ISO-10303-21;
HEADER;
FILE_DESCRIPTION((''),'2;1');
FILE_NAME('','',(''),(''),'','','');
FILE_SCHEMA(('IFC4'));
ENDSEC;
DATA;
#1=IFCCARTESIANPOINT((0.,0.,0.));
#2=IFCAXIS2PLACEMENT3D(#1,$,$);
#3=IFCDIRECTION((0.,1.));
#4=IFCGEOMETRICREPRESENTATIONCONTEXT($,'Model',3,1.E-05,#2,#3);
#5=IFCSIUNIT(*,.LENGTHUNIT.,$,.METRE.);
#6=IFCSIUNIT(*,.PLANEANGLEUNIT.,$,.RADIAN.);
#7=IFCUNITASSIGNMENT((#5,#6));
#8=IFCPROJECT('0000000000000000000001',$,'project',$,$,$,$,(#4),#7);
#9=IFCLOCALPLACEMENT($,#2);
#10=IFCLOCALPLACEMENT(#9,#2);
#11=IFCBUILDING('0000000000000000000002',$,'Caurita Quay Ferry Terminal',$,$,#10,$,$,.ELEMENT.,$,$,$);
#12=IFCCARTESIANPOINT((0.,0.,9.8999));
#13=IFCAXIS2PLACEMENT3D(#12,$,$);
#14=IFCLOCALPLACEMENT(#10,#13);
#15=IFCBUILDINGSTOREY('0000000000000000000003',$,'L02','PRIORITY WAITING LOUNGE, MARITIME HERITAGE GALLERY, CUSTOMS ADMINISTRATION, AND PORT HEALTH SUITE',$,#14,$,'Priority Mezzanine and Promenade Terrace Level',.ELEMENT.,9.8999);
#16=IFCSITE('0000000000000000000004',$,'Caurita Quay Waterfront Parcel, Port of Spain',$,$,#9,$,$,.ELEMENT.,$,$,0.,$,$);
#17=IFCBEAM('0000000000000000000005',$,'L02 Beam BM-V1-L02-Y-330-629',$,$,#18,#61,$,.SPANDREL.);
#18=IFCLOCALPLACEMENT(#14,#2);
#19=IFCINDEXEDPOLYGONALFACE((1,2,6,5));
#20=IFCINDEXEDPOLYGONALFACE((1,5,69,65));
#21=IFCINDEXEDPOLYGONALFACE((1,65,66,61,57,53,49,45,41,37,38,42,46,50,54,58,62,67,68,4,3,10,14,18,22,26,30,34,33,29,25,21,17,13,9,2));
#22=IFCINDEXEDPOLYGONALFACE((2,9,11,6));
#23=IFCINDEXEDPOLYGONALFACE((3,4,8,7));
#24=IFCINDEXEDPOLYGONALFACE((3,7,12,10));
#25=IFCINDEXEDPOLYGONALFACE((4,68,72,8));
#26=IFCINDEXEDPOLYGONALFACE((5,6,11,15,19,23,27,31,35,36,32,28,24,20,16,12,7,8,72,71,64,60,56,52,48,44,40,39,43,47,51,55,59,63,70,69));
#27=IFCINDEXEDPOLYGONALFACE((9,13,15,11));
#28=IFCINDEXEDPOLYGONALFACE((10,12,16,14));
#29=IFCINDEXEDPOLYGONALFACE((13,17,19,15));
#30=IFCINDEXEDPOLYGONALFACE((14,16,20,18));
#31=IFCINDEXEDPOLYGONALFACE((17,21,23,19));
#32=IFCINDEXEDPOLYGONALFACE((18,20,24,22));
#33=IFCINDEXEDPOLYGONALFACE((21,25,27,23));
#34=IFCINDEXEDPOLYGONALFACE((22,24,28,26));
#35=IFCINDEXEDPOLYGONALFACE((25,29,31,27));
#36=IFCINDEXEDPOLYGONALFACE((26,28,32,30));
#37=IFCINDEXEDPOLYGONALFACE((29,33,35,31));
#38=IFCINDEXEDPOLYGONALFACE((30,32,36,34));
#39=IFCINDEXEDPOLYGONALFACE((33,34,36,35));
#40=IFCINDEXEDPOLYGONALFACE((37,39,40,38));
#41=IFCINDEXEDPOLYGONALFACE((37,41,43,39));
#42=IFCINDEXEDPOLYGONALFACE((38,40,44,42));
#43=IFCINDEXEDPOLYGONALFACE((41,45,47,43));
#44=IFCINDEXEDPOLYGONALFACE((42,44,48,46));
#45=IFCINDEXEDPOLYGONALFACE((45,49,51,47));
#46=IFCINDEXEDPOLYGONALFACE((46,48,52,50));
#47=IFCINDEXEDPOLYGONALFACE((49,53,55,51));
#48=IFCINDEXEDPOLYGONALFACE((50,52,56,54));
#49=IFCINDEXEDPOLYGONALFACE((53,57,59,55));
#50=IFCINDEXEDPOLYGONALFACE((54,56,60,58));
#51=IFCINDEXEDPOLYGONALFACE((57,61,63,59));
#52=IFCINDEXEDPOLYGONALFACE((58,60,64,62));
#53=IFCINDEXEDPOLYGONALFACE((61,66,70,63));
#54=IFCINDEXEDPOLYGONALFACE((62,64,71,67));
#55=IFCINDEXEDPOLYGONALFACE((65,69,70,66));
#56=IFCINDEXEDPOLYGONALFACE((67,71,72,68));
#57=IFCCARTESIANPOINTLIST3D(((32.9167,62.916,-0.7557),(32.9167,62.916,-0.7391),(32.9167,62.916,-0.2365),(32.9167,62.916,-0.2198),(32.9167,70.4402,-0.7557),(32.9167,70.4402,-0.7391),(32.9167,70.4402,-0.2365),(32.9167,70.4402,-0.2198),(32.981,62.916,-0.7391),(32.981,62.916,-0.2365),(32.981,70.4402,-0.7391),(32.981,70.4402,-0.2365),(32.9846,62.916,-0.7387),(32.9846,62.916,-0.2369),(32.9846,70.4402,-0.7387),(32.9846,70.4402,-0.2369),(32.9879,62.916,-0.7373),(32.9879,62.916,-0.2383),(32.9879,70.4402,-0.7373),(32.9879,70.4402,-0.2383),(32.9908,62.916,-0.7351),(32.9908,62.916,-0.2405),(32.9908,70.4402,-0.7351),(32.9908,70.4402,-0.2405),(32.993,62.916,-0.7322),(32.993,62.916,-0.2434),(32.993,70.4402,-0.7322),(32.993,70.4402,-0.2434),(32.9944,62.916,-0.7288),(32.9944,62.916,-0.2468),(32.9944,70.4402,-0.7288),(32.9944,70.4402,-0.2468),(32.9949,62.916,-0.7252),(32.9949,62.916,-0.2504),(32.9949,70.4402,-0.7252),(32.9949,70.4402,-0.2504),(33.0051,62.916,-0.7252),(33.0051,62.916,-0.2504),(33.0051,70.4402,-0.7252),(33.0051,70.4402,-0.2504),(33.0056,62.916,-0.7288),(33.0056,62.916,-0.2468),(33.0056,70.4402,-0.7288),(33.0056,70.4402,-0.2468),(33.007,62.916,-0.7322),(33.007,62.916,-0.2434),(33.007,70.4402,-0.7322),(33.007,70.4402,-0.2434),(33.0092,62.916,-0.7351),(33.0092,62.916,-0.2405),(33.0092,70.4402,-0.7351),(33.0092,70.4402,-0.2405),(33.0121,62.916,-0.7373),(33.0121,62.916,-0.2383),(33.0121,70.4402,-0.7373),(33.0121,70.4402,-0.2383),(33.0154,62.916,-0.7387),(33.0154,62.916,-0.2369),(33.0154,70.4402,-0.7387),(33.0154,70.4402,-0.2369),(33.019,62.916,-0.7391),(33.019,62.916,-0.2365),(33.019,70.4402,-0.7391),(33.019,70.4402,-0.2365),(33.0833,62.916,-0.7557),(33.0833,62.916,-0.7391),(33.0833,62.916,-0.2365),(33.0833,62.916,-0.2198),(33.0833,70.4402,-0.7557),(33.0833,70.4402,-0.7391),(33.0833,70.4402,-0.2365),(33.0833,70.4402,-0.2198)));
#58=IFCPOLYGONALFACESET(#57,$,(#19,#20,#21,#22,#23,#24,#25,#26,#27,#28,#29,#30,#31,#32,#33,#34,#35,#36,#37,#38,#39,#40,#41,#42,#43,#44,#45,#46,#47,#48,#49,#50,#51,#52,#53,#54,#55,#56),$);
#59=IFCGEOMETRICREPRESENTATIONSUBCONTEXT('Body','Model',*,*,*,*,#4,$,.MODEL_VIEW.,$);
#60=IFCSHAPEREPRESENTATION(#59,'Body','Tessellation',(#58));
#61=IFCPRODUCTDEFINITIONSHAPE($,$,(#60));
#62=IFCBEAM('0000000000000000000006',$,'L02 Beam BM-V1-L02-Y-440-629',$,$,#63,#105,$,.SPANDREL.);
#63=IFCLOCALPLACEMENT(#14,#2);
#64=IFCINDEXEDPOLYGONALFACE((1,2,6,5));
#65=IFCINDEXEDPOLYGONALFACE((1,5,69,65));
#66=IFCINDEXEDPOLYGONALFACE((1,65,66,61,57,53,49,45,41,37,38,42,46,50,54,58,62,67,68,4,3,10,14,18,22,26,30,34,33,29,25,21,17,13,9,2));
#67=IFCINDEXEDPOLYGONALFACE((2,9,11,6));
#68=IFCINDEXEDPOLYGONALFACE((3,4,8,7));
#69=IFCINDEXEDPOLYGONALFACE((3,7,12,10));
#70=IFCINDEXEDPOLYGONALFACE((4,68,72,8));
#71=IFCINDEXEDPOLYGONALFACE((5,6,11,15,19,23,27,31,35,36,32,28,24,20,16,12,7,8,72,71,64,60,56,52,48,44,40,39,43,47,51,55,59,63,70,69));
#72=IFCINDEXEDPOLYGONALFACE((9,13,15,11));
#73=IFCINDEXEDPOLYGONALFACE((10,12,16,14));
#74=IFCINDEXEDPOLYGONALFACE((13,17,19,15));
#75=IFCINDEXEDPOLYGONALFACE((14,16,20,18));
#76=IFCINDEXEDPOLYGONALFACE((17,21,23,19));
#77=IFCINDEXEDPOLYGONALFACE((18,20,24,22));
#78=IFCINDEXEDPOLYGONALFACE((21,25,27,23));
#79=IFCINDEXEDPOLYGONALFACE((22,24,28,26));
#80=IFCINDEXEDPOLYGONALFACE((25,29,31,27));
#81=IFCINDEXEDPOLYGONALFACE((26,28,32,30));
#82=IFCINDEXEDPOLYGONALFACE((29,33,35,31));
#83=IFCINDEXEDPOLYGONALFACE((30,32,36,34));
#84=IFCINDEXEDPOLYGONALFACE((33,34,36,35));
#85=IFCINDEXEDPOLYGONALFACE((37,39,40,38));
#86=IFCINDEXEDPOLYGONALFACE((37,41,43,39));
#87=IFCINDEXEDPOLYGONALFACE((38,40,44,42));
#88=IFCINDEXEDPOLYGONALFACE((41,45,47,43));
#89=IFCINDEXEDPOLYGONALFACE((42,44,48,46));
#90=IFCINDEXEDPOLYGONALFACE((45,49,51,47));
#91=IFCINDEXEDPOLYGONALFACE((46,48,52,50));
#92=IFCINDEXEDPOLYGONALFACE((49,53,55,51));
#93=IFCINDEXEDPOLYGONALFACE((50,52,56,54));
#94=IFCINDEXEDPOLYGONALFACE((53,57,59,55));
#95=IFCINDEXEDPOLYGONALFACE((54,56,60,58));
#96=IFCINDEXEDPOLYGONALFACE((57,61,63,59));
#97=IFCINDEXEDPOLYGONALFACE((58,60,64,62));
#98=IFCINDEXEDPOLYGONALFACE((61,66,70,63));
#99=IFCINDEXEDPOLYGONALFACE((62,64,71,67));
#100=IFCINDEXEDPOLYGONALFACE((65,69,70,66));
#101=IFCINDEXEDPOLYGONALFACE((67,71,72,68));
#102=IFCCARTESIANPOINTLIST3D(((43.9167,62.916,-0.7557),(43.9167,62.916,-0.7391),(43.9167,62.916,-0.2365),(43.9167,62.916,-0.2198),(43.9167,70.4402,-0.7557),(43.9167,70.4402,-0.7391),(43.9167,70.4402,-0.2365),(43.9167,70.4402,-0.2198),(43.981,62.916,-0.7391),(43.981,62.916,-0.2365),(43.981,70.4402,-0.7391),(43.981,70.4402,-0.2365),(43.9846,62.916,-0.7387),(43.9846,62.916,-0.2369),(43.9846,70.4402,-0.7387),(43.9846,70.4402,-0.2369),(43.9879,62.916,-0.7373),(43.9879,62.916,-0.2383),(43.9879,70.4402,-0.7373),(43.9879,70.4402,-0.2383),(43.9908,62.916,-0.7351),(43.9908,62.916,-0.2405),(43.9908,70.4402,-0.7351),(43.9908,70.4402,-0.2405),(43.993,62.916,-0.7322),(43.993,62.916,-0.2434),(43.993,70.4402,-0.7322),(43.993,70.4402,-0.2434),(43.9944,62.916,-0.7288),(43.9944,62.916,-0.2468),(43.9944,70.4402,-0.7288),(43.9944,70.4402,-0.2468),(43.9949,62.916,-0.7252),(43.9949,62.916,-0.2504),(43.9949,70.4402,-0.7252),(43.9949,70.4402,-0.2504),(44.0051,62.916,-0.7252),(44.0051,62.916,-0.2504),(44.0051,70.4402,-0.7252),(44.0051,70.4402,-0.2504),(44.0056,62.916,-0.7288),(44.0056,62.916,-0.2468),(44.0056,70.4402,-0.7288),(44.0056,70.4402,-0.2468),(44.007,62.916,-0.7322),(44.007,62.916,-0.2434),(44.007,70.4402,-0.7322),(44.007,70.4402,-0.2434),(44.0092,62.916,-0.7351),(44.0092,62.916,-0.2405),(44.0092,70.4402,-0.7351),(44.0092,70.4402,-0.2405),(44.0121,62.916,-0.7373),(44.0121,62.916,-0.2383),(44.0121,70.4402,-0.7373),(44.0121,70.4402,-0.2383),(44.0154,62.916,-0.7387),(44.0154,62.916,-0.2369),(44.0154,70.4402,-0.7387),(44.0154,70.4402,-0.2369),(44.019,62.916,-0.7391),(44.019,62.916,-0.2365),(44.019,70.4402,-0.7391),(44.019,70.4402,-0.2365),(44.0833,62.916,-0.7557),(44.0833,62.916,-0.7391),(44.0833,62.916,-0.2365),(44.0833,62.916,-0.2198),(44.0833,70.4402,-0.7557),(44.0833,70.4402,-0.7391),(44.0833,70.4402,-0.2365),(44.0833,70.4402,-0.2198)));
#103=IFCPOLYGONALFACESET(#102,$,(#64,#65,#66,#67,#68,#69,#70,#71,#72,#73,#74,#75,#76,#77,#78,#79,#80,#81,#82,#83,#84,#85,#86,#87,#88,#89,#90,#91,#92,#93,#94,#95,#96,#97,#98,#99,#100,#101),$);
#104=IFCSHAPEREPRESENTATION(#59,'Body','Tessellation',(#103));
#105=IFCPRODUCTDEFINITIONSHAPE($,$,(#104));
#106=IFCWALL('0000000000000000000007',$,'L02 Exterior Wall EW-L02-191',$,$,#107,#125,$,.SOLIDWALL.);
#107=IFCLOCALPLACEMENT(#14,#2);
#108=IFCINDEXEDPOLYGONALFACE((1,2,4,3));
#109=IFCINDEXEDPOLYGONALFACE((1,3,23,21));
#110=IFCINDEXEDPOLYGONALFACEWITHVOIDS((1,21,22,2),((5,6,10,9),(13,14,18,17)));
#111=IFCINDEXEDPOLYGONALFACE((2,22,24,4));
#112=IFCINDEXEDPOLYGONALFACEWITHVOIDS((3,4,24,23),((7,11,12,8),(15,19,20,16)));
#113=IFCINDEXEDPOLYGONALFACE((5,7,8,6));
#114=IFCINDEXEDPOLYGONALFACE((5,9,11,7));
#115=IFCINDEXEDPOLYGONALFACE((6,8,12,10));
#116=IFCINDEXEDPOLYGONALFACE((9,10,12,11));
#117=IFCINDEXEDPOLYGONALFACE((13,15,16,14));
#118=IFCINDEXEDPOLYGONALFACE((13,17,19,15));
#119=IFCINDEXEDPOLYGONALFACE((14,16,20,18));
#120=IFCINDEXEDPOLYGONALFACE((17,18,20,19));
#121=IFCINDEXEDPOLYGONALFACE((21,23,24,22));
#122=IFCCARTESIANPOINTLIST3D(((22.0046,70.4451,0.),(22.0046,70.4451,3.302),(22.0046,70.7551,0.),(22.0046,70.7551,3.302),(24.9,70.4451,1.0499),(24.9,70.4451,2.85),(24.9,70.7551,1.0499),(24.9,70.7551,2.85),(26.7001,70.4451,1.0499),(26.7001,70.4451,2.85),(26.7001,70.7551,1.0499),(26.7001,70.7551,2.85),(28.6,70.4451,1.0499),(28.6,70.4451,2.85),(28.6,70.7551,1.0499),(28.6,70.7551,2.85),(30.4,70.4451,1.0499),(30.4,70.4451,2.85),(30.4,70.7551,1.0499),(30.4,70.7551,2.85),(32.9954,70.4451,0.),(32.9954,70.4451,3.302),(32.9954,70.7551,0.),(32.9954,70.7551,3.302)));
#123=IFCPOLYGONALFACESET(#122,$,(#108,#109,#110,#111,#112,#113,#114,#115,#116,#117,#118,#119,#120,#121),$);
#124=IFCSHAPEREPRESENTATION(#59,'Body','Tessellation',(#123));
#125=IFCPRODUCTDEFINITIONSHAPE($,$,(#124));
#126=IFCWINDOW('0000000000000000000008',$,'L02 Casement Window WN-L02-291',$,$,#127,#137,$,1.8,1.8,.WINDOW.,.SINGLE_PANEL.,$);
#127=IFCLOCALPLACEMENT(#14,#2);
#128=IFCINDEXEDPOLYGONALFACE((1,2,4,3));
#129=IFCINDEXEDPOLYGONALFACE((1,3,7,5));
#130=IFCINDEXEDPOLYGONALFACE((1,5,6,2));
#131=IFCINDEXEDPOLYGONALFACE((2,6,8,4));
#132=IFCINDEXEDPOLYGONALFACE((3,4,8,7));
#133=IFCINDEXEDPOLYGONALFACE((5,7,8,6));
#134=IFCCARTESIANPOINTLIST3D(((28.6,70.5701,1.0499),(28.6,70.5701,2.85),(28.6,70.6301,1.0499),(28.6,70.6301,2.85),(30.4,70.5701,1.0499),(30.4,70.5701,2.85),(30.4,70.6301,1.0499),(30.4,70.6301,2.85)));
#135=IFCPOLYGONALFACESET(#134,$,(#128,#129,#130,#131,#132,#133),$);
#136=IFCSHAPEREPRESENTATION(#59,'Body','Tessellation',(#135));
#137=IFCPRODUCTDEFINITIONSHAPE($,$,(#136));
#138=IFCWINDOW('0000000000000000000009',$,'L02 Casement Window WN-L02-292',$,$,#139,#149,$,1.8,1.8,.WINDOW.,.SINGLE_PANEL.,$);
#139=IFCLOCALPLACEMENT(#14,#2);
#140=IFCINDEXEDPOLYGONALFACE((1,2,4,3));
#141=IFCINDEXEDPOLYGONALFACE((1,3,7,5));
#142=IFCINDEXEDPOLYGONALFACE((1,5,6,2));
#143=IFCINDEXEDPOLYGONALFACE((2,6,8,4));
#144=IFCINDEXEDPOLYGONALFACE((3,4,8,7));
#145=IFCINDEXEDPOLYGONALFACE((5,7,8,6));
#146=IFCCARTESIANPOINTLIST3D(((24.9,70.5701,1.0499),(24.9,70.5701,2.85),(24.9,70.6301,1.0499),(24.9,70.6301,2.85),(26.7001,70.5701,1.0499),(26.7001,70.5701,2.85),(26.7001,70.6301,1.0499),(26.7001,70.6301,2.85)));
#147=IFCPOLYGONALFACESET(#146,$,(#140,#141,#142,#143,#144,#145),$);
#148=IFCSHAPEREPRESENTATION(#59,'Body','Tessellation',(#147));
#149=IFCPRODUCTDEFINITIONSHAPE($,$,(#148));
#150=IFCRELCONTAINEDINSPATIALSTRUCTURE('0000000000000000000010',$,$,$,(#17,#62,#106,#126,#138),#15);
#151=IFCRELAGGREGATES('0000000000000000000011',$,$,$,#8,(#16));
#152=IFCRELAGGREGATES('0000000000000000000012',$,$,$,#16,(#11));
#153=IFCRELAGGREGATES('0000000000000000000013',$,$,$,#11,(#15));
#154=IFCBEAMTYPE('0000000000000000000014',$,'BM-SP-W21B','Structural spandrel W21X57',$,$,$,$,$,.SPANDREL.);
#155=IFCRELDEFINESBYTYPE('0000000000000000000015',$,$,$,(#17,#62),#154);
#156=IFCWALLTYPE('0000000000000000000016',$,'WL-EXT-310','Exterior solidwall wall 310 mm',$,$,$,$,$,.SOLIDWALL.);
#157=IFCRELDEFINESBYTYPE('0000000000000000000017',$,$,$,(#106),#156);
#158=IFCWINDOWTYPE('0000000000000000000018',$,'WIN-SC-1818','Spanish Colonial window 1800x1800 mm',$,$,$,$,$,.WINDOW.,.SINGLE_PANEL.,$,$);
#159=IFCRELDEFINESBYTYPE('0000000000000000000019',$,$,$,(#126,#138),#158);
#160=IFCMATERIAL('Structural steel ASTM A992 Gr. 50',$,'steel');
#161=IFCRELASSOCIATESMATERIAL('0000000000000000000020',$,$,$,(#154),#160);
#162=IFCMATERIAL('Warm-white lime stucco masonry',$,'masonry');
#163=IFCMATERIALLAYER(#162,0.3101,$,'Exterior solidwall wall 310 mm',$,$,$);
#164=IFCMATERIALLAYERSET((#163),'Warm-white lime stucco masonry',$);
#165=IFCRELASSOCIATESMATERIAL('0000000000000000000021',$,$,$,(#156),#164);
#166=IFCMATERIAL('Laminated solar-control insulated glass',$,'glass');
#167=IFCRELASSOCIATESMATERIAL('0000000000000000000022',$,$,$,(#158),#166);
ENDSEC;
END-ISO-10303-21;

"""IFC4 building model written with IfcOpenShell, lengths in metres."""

from ifc_helpers import new_model, si_unit, direction, frame, frame_2d, origin, origin_2d, place, context, subcontext, project, spatial, rectangle, i_section, extrude, material, layer, layer_set, material_profile, profile_set, type_object, element, fill, save


model = new_model("IFC4")

# Units and contexts
model_context = context("Model", 3, precision=1e-05, world=origin(), true_north=direction((0.0, 1.0)))
body_context = subcontext(model_context, "Body", "Model", "MODEL_VIEW")
ifc_project = project(units=[si_unit("LENGTHUNIT", "METRE"), si_unit("PLANEANGLEUNIT", "RADIAN")], contexts=[model_context])

# Site, building, storey
site_placement = place(None, origin())
site = spatial("IfcSite", under=ifc_project, at=site_placement, Name="Caurita Quay Waterfront Parcel, Port of Spain", CompositionType="ELEMENT", RefElevation=0.0)
building_placement = place(site_placement, origin())
building = spatial("IfcBuilding", under=site, at=building_placement, Name="Caurita Quay Ferry Terminal", CompositionType="ELEMENT")
storey_placement = place(building_placement, frame((0.0, 0.0, 9.8999)))
storey = spatial("IfcBuildingStorey", under=building, at=storey_placement, Name="L02", Description="PRIORITY WAITING LOUNGE, MARITIME HERITAGE GALLERY, CUSTOMS ADMINISTRATION, AND PORT HEALTH SUITE", LongName="Priority Mezzanine and Promenade Terrace Level", CompositionType="ELEMENT", Elevation=9.8999)

# Shared definitions
ifc_material_1 = material(Name="Structural steel ASTM A992 Gr. 50", Category="steel")

# Beams
ifc_material_profile_1 = material_profile(ifc_material_1, i_section(OverallWidth=0.1665, OverallDepth=0.5359, WebThickness=0.0103, FlangeThickness=0.0166, FilletRadius=0.0139, at=origin_2d()), Name="W21X57")
ifc_profile_set_1 = profile_set([ifc_material_profile_1], Name="Structural steel ASTM A992 Gr. 50")
beam_type_1 = type_object("IfcBeamType", Name="BM-SP-W21B", Description="Structural spandrel W21X57", PredefinedType="SPANDREL", material=ifc_profile_set_1)
for number, where, z_axis, x_axis, name in (
    (1, (33.0, 62.916, -0.4878), (0.0, 1.0, 0.0), (-1.0, 0.0, 0.0), "L02 Beam BM-V1-L02-Y-330-629"),
    (2, (44.0, 62.916, -0.4878), (0.0, 1.0, 0.0), (-1.0, 0.0, 0.0), "L02 Beam BM-V1-L02-Y-440-629"),
):
    element("IfcBeam", number, at=place(storey_placement, frame(where, z_axis=z_axis, x_axis=x_axis)), inside=storey, type_object=beam_type_1, Name=name, PredefinedType="SPANDREL", context=body_context, shape_type="SweptSolid", body=[
        extrude(i_section(OverallWidth=0.1665, OverallDepth=0.5359, WebThickness=0.0103, FlangeThickness=0.0166, FilletRadius=0.0139, at=origin_2d()), origin(), (0.0, 0.0, 1.0), 7.5242),
    ])

# Wall, openings, windows
ifc_material_2 = material(Name="Warm-white lime stucco masonry", Category="masonry")
ifc_layer_1 = layer(ifc_material_2, 0.3101, Name="Exterior solidwall wall 310 mm")
ifc_layer_set_1 = layer_set([ifc_layer_1], Name="Warm-white lime stucco masonry")
wall_type = type_object("IfcWallType", Name="WL-EXT-310", Description="Exterior solidwall wall 310 mm", PredefinedType="SOLIDWALL", material=ifc_layer_set_1)
wall_1_placement = place(storey_placement, frame((32.9954, 70.6001, 0.0), z_axis=(0.0, 0.0, 1.0), x_axis=(-1.0, 0.0, 0.0)))
wall_1 = element("IfcWall", 3, at=wall_1_placement, inside=storey, type_object=wall_type, Name="L02 Exterior Wall EW-L02-191", PredefinedType="SOLIDWALL", context=body_context, shape_type="SweptSolid", body=[
    extrude(rectangle(XDim=10.9907, YDim=0.3101, at=frame_2d((5.4954, 0.0))), origin(), (0.0, 0.0, 1.0), 3.302),
])
opening_1_placement = place(wall_1_placement, frame((2.5955, 0.0, 1.05)))
opening_1 = element("IfcOpeningElement", 4, at=opening_1_placement, cuts=wall_1, PredefinedType="OPENING", context=body_context, shape_type="SweptSolid", body=[
    extrude(rectangle(XDim=1.8, YDim=1.8, at=frame_2d((0.8999, 0.8999))), frame((0.0, 0.165, 0.0), z_axis=(0.0, -1.0, 0.0), x_axis=(1.0, 0.0, 0.0)), (0.0, 0.0, 1.0), 0.3301),
])
opening_2_placement = place(wall_1_placement, frame((6.2954, 0.0, 1.05)))
opening_2 = element("IfcOpeningElement", 5, at=opening_2_placement, cuts=wall_1, PredefinedType="OPENING", context=body_context, shape_type="SweptSolid", body=[
    extrude(rectangle(XDim=1.8, YDim=1.8, at=frame_2d((0.8999, 0.8999))), frame((0.0, 0.165, 0.0), z_axis=(0.0, -1.0, 0.0), x_axis=(1.0, 0.0, 0.0)), (0.0, 0.0, 1.0), 0.3301),
])
ifc_material_3 = material(Name="Laminated solar-control insulated glass", Category="glass")
window_type = type_object("IfcWindowType", Name="WIN-SC-1818", Description="Spanish Colonial window 1800x1800 mm", PartitioningType="SINGLE_PANEL", PredefinedType="WINDOW", material=ifc_material_3)
window_1_placement = place(opening_1_placement, origin())
window_1 = element("IfcWindow", 6, at=window_1_placement, inside=storey, type_object=window_type, Name="L02 Casement Window WN-L02-291", OverallHeight=1.8, OverallWidth=1.8, PartitioningType="SINGLE_PANEL", PredefinedType="WINDOW", context=body_context, shape_type="SweptSolid", body=[
    extrude(rectangle(XDim=1.8, YDim=1.8, at=frame_2d((0.8999, 0.8999))), frame((0.0, 0.03, 0.0), z_axis=(0.0, -1.0, 0.0), x_axis=(1.0, 0.0, 0.0)), (0.0, 0.0, 1.0), 0.0601),
])
fill(opening_1, window_1)
window_2_placement = place(opening_2_placement, origin())
window_2 = element("IfcWindow", 7, at=window_2_placement, inside=storey, type_object=window_type, Name="L02 Casement Window WN-L02-292", OverallHeight=1.8, OverallWidth=1.8, PartitioningType="SINGLE_PANEL", PredefinedType="WINDOW", context=body_context, shape_type="SweptSolid", body=[
    extrude(rectangle(XDim=1.8, YDim=1.8, at=frame_2d((0.8999, 0.8999))), frame((0.0, 0.03, 0.0), z_axis=(0.0, -1.0, 0.0), x_axis=(1.0, 0.0, 0.0)), (0.0, 0.0, 1.0), 0.0601),
])
fill(opening_2, window_2)

save(model, "model.ifc")
